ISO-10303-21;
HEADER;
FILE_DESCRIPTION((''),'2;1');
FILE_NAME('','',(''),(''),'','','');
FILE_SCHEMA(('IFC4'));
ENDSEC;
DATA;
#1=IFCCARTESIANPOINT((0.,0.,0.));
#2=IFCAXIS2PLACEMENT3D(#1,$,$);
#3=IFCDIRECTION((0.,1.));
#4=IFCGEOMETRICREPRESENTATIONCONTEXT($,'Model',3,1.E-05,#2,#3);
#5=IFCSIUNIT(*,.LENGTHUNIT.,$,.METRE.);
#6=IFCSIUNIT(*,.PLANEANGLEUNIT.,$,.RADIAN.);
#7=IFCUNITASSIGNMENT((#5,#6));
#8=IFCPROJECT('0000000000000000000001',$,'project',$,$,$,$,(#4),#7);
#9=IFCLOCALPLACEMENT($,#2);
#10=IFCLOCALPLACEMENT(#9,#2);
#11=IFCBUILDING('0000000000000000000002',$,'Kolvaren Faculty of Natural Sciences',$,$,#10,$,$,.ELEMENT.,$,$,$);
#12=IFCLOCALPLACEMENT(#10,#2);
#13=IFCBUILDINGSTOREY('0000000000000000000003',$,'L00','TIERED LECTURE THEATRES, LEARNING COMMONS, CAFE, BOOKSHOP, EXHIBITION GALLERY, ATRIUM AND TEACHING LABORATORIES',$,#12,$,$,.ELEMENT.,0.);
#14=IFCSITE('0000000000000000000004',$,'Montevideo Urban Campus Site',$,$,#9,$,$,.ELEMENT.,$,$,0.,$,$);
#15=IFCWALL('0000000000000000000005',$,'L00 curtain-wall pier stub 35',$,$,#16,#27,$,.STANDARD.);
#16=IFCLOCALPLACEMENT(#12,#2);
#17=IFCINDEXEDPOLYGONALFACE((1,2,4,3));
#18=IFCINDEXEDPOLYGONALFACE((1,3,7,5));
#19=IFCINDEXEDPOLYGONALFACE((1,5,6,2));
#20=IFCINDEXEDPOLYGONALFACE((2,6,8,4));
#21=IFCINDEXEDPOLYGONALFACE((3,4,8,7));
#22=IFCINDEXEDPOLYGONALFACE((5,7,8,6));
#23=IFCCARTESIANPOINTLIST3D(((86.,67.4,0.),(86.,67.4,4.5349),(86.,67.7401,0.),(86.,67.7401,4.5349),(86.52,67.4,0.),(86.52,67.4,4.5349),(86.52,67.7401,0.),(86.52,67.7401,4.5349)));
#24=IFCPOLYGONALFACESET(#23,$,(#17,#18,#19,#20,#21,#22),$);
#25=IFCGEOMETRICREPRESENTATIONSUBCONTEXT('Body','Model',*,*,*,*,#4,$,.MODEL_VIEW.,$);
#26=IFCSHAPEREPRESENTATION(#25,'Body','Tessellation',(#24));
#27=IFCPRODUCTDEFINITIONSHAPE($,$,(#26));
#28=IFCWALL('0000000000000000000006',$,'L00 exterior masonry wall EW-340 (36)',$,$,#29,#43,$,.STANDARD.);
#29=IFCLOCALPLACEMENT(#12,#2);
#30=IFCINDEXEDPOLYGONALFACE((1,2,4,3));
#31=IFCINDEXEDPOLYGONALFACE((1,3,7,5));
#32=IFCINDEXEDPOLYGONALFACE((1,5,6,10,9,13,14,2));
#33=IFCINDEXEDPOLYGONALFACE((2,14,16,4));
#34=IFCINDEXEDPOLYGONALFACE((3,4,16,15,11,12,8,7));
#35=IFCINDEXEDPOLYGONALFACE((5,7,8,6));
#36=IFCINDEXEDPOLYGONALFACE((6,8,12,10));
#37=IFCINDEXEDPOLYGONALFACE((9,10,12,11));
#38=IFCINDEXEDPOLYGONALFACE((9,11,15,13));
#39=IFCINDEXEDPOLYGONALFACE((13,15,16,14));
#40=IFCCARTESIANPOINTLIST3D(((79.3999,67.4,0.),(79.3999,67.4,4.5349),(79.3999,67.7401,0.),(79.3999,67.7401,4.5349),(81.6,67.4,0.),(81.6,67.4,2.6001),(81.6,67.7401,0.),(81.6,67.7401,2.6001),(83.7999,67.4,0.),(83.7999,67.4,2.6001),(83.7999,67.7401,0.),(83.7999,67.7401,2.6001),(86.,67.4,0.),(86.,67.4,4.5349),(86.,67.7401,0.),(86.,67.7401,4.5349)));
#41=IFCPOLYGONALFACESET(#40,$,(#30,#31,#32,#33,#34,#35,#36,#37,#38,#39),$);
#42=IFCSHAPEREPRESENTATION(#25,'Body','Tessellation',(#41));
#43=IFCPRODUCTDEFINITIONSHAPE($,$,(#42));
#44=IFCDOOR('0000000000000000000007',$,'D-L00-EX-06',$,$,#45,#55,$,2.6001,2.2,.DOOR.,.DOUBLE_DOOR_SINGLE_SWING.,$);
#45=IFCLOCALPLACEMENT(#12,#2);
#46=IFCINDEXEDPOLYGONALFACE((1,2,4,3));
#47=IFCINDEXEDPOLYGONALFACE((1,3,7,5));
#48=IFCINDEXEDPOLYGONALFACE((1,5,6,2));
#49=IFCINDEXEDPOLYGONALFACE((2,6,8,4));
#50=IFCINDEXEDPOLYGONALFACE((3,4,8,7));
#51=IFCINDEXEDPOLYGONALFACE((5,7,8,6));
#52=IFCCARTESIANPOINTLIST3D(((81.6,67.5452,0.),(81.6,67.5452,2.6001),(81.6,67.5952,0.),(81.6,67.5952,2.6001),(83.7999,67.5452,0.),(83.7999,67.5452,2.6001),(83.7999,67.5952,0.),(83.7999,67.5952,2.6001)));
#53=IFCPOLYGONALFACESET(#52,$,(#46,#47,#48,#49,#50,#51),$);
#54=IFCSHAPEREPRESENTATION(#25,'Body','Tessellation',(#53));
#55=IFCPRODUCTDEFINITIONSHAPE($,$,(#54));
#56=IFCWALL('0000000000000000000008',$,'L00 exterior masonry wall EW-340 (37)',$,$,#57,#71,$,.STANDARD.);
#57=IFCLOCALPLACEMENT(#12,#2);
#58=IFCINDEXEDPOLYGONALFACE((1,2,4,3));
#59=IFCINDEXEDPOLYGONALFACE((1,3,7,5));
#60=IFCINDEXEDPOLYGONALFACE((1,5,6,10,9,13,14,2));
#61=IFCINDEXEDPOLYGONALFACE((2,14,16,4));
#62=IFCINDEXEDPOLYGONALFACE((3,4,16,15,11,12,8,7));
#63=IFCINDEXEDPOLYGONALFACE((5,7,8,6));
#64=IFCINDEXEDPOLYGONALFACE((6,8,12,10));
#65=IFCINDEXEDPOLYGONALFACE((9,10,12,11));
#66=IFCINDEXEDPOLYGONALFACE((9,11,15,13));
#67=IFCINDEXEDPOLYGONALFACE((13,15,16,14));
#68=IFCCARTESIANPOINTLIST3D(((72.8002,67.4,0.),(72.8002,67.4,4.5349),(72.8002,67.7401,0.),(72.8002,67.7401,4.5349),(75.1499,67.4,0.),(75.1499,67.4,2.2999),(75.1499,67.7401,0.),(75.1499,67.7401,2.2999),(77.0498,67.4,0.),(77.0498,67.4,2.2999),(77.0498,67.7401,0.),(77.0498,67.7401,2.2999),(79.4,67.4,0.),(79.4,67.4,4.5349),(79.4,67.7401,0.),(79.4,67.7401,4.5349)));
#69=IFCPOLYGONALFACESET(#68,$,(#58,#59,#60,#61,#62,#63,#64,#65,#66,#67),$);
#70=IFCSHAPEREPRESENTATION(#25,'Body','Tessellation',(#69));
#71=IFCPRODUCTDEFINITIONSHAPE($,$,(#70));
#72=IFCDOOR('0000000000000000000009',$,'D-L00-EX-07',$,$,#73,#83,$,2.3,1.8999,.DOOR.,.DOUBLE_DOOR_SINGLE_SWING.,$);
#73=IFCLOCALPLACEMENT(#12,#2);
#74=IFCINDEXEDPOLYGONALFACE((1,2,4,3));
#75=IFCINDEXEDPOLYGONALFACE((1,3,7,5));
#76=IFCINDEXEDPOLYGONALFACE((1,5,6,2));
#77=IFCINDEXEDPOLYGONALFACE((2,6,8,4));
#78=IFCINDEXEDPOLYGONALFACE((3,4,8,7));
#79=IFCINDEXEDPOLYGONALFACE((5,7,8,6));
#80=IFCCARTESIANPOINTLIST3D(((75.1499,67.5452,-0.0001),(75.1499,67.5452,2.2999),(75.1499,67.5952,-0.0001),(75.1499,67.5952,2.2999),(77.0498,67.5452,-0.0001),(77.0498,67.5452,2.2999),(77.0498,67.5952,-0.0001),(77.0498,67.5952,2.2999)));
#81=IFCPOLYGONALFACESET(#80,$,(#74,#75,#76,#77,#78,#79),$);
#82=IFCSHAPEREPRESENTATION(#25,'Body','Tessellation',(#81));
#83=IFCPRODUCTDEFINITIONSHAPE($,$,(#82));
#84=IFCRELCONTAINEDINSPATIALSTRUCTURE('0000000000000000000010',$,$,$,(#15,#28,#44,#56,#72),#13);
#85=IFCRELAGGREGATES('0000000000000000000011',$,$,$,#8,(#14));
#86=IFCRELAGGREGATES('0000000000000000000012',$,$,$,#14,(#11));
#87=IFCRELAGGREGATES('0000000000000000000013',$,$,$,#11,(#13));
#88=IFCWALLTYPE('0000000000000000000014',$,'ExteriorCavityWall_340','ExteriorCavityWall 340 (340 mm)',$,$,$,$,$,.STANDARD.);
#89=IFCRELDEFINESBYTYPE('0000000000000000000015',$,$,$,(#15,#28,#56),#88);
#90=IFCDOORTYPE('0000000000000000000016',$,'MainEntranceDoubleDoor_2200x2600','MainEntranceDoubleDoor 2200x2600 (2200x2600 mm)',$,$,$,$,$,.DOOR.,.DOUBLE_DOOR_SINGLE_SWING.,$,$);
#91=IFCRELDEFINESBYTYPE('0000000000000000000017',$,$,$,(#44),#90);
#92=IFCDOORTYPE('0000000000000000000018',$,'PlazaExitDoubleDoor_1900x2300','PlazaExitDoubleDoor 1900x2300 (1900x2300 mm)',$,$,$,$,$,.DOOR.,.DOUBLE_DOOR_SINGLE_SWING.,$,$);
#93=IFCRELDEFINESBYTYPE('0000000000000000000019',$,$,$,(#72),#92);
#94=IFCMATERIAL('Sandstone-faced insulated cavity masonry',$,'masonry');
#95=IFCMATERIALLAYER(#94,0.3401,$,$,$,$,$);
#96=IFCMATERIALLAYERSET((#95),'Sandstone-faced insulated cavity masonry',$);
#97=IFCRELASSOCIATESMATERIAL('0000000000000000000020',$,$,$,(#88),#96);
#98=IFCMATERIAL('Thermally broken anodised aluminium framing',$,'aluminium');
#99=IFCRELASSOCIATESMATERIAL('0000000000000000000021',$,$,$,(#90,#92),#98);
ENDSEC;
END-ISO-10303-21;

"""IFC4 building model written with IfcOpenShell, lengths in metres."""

from ifc_helpers import new_model, si_unit, direction, frame, frame_2d, origin, place, context, subcontext, project, spatial, rectangle, extrude, material, layer, layer_set, type_object, element, fill, save


model = new_model("IFC4")

# Units and contexts
model_context = context("Model", 3, precision=1e-05, world=origin(), true_north=direction((0.0, 1.0)))
body_context = subcontext(model_context, "Body", "Model", "MODEL_VIEW")
ifc_project = project(units=[si_unit("LENGTHUNIT", "METRE"), si_unit("PLANEANGLEUNIT", "RADIAN")], contexts=[model_context])

# Site, building, storey
site_placement = place(None, origin())
site = spatial("IfcSite", under=ifc_project, at=site_placement, Name="Montevideo Urban Campus Site", CompositionType="ELEMENT", RefElevation=0.0)
building_placement = place(site_placement, origin())
building = spatial("IfcBuilding", under=site, at=building_placement, Name="Kolvaren Faculty of Natural Sciences", CompositionType="ELEMENT")
storey_placement = place(building_placement, origin())
storey = spatial("IfcBuildingStorey", under=building, at=storey_placement, Name="L00", Description="TIERED LECTURE THEATRES, LEARNING COMMONS, CAFE, BOOKSHOP, EXHIBITION GALLERY, ATRIUM AND TEACHING LABORATORIES", CompositionType="ELEMENT", Elevation=0.0)

# Shared definitions
ifc_material_1 = material(Name="Thermally broken anodised aluminium framing", Category="aluminium")

# Wall
ifc_material_2 = material(Name="Sandstone-faced insulated cavity masonry", Category="masonry")
ifc_layer_1 = layer(ifc_material_2, 0.3401)
ifc_layer_set_1 = layer_set([ifc_layer_1], Name="Sandstone-faced insulated cavity masonry")
wall_type = type_object("IfcWallType", Name="ExteriorCavityWall_340", Description="ExteriorCavityWall 340 (340 mm)", PredefinedType="STANDARD", material=ifc_layer_set_1)
wall_1_placement = place(storey_placement, frame((86.52, 67.5701, 0.0), z_axis=(0.0, 0.0, 1.0), x_axis=(-1.0, 0.0, 0.0)))
element("IfcWall", 1, at=wall_1_placement, inside=storey, type_object=wall_type, Name="L00 curtain-wall pier stub 35", PredefinedType="STANDARD", context=body_context, shape_type="SweptSolid", body=[
    extrude(rectangle(XDim=0.52, YDim=0.3401, at=frame_2d((0.26, 0.0))), origin(), (0.0, 0.0, 1.0), 4.5349),
])

# Walls, openings, doors
wall_2_placement = place(storey_placement, frame((86.0, 67.5701, 0.0), z_axis=(0.0, 0.0, 1.0), x_axis=(-1.0, 0.0, 0.0)))
wall_2 = element("IfcWall", 2, at=wall_2_placement, inside=storey, type_object=wall_type, Name="L00 exterior masonry wall EW-340 (36)", PredefinedType="STANDARD", context=body_context, shape_type="SweptSolid", body=[
    extrude(rectangle(XDim=6.6001, YDim=0.3401, at=frame_2d((3.3, 0.0))), origin(), (0.0, 0.0, 1.0), 4.5349),
])
opening_1_placement = place(wall_2_placement, frame((2.2, 0.0, 0.0)))
opening_1 = element("IfcOpeningElement", 3, at=opening_1_placement, cuts=wall_2, PredefinedType="OPENING", context=body_context, shape_type="SweptSolid", body=[
    extrude(rectangle(XDim=2.2, YDim=2.6001, at=frame_2d((1.1001, 1.3))), frame((0.0, 0.1799, 0.0), z_axis=(0.0, -1.0, 0.0), x_axis=(1.0, 0.0, 0.0)), (0.0, 0.0, 1.0), 0.3601),
])
door_type_1 = type_object("IfcDoorType", Name="MainEntranceDoubleDoor_2200x2600", Description="MainEntranceDoubleDoor 2200x2600 (2200x2600 mm)", OperationType="DOUBLE_DOOR_SINGLE_SWING", PredefinedType="DOOR", material=ifc_material_1)
door_1_placement = place(opening_1_placement, origin())
door_1 = element("IfcDoor", 4, at=door_1_placement, inside=storey, type_object=door_type_1, Name="D-L00-EX-06", OperationType="DOUBLE_DOOR_SINGLE_SWING", OverallHeight=2.6001, OverallWidth=2.2, PredefinedType="DOOR", context=body_context, shape_type="SweptSolid", body=[
    extrude(rectangle(XDim=2.2, YDim=2.6001, at=frame_2d((1.1001, 1.3))), frame((0.0, 0.0249, 0.0), z_axis=(0.0, -1.0, 0.0), x_axis=(1.0, 0.0, 0.0)), (0.0, 0.0, 1.0), 0.05),
])
fill(opening_1, door_1)
wall_3_placement = place(storey_placement, frame((79.3999, 67.5701, 0.0), z_axis=(0.0, 0.0, 1.0), x_axis=(-1.0, 0.0, 0.0)))
wall_3 = element("IfcWall", 5, at=wall_3_placement, inside=storey, type_object=wall_type, Name="L00 exterior masonry wall EW-340 (37)", PredefinedType="STANDARD", context=body_context, shape_type="SweptSolid", body=[
    extrude(rectangle(XDim=6.5999, YDim=0.3401, at=frame_2d((3.2998, 0.0))), origin(), (0.0, 0.0, 1.0), 4.5349),
])
opening_2_placement = place(wall_3_placement, frame((2.3501, 0.0, 0.0)))
opening_2 = element("IfcOpeningElement", 6, at=opening_2_placement, cuts=wall_3, PredefinedType="OPENING", context=body_context, shape_type="SweptSolid", body=[
    extrude(rectangle(XDim=1.8999, YDim=2.3, at=frame_2d((0.95, 1.1499))), frame((0.0, 0.1799, 0.0), z_axis=(0.0, -1.0, 0.0), x_axis=(1.0, 0.0, 0.0)), (0.0, 0.0, 1.0), 0.3601),
])
door_type_2 = type_object("IfcDoorType", Name="PlazaExitDoubleDoor_1900x2300", Description="PlazaExitDoubleDoor 1900x2300 (1900x2300 mm)", OperationType="DOUBLE_DOOR_SINGLE_SWING", PredefinedType="DOOR", material=ifc_material_1)
door_2_placement = place(opening_2_placement, origin())
door_2 = element("IfcDoor", 7, at=door_2_placement, inside=storey, type_object=door_type_2, Name="D-L00-EX-07", OperationType="DOUBLE_DOOR_SINGLE_SWING", OverallHeight=2.3, OverallWidth=1.8999, PredefinedType="DOOR", context=body_context, shape_type="SweptSolid", body=[
    extrude(rectangle(XDim=1.8999, YDim=2.3, at=frame_2d((0.95, 1.1499))), frame((0.0, 0.0249, 0.0), z_axis=(0.0, -1.0, 0.0), x_axis=(1.0, 0.0, 0.0)), (0.0, 0.0, 1.0), 0.05),
])
fill(opening_2, door_2)

save(model, "model.ifc")
